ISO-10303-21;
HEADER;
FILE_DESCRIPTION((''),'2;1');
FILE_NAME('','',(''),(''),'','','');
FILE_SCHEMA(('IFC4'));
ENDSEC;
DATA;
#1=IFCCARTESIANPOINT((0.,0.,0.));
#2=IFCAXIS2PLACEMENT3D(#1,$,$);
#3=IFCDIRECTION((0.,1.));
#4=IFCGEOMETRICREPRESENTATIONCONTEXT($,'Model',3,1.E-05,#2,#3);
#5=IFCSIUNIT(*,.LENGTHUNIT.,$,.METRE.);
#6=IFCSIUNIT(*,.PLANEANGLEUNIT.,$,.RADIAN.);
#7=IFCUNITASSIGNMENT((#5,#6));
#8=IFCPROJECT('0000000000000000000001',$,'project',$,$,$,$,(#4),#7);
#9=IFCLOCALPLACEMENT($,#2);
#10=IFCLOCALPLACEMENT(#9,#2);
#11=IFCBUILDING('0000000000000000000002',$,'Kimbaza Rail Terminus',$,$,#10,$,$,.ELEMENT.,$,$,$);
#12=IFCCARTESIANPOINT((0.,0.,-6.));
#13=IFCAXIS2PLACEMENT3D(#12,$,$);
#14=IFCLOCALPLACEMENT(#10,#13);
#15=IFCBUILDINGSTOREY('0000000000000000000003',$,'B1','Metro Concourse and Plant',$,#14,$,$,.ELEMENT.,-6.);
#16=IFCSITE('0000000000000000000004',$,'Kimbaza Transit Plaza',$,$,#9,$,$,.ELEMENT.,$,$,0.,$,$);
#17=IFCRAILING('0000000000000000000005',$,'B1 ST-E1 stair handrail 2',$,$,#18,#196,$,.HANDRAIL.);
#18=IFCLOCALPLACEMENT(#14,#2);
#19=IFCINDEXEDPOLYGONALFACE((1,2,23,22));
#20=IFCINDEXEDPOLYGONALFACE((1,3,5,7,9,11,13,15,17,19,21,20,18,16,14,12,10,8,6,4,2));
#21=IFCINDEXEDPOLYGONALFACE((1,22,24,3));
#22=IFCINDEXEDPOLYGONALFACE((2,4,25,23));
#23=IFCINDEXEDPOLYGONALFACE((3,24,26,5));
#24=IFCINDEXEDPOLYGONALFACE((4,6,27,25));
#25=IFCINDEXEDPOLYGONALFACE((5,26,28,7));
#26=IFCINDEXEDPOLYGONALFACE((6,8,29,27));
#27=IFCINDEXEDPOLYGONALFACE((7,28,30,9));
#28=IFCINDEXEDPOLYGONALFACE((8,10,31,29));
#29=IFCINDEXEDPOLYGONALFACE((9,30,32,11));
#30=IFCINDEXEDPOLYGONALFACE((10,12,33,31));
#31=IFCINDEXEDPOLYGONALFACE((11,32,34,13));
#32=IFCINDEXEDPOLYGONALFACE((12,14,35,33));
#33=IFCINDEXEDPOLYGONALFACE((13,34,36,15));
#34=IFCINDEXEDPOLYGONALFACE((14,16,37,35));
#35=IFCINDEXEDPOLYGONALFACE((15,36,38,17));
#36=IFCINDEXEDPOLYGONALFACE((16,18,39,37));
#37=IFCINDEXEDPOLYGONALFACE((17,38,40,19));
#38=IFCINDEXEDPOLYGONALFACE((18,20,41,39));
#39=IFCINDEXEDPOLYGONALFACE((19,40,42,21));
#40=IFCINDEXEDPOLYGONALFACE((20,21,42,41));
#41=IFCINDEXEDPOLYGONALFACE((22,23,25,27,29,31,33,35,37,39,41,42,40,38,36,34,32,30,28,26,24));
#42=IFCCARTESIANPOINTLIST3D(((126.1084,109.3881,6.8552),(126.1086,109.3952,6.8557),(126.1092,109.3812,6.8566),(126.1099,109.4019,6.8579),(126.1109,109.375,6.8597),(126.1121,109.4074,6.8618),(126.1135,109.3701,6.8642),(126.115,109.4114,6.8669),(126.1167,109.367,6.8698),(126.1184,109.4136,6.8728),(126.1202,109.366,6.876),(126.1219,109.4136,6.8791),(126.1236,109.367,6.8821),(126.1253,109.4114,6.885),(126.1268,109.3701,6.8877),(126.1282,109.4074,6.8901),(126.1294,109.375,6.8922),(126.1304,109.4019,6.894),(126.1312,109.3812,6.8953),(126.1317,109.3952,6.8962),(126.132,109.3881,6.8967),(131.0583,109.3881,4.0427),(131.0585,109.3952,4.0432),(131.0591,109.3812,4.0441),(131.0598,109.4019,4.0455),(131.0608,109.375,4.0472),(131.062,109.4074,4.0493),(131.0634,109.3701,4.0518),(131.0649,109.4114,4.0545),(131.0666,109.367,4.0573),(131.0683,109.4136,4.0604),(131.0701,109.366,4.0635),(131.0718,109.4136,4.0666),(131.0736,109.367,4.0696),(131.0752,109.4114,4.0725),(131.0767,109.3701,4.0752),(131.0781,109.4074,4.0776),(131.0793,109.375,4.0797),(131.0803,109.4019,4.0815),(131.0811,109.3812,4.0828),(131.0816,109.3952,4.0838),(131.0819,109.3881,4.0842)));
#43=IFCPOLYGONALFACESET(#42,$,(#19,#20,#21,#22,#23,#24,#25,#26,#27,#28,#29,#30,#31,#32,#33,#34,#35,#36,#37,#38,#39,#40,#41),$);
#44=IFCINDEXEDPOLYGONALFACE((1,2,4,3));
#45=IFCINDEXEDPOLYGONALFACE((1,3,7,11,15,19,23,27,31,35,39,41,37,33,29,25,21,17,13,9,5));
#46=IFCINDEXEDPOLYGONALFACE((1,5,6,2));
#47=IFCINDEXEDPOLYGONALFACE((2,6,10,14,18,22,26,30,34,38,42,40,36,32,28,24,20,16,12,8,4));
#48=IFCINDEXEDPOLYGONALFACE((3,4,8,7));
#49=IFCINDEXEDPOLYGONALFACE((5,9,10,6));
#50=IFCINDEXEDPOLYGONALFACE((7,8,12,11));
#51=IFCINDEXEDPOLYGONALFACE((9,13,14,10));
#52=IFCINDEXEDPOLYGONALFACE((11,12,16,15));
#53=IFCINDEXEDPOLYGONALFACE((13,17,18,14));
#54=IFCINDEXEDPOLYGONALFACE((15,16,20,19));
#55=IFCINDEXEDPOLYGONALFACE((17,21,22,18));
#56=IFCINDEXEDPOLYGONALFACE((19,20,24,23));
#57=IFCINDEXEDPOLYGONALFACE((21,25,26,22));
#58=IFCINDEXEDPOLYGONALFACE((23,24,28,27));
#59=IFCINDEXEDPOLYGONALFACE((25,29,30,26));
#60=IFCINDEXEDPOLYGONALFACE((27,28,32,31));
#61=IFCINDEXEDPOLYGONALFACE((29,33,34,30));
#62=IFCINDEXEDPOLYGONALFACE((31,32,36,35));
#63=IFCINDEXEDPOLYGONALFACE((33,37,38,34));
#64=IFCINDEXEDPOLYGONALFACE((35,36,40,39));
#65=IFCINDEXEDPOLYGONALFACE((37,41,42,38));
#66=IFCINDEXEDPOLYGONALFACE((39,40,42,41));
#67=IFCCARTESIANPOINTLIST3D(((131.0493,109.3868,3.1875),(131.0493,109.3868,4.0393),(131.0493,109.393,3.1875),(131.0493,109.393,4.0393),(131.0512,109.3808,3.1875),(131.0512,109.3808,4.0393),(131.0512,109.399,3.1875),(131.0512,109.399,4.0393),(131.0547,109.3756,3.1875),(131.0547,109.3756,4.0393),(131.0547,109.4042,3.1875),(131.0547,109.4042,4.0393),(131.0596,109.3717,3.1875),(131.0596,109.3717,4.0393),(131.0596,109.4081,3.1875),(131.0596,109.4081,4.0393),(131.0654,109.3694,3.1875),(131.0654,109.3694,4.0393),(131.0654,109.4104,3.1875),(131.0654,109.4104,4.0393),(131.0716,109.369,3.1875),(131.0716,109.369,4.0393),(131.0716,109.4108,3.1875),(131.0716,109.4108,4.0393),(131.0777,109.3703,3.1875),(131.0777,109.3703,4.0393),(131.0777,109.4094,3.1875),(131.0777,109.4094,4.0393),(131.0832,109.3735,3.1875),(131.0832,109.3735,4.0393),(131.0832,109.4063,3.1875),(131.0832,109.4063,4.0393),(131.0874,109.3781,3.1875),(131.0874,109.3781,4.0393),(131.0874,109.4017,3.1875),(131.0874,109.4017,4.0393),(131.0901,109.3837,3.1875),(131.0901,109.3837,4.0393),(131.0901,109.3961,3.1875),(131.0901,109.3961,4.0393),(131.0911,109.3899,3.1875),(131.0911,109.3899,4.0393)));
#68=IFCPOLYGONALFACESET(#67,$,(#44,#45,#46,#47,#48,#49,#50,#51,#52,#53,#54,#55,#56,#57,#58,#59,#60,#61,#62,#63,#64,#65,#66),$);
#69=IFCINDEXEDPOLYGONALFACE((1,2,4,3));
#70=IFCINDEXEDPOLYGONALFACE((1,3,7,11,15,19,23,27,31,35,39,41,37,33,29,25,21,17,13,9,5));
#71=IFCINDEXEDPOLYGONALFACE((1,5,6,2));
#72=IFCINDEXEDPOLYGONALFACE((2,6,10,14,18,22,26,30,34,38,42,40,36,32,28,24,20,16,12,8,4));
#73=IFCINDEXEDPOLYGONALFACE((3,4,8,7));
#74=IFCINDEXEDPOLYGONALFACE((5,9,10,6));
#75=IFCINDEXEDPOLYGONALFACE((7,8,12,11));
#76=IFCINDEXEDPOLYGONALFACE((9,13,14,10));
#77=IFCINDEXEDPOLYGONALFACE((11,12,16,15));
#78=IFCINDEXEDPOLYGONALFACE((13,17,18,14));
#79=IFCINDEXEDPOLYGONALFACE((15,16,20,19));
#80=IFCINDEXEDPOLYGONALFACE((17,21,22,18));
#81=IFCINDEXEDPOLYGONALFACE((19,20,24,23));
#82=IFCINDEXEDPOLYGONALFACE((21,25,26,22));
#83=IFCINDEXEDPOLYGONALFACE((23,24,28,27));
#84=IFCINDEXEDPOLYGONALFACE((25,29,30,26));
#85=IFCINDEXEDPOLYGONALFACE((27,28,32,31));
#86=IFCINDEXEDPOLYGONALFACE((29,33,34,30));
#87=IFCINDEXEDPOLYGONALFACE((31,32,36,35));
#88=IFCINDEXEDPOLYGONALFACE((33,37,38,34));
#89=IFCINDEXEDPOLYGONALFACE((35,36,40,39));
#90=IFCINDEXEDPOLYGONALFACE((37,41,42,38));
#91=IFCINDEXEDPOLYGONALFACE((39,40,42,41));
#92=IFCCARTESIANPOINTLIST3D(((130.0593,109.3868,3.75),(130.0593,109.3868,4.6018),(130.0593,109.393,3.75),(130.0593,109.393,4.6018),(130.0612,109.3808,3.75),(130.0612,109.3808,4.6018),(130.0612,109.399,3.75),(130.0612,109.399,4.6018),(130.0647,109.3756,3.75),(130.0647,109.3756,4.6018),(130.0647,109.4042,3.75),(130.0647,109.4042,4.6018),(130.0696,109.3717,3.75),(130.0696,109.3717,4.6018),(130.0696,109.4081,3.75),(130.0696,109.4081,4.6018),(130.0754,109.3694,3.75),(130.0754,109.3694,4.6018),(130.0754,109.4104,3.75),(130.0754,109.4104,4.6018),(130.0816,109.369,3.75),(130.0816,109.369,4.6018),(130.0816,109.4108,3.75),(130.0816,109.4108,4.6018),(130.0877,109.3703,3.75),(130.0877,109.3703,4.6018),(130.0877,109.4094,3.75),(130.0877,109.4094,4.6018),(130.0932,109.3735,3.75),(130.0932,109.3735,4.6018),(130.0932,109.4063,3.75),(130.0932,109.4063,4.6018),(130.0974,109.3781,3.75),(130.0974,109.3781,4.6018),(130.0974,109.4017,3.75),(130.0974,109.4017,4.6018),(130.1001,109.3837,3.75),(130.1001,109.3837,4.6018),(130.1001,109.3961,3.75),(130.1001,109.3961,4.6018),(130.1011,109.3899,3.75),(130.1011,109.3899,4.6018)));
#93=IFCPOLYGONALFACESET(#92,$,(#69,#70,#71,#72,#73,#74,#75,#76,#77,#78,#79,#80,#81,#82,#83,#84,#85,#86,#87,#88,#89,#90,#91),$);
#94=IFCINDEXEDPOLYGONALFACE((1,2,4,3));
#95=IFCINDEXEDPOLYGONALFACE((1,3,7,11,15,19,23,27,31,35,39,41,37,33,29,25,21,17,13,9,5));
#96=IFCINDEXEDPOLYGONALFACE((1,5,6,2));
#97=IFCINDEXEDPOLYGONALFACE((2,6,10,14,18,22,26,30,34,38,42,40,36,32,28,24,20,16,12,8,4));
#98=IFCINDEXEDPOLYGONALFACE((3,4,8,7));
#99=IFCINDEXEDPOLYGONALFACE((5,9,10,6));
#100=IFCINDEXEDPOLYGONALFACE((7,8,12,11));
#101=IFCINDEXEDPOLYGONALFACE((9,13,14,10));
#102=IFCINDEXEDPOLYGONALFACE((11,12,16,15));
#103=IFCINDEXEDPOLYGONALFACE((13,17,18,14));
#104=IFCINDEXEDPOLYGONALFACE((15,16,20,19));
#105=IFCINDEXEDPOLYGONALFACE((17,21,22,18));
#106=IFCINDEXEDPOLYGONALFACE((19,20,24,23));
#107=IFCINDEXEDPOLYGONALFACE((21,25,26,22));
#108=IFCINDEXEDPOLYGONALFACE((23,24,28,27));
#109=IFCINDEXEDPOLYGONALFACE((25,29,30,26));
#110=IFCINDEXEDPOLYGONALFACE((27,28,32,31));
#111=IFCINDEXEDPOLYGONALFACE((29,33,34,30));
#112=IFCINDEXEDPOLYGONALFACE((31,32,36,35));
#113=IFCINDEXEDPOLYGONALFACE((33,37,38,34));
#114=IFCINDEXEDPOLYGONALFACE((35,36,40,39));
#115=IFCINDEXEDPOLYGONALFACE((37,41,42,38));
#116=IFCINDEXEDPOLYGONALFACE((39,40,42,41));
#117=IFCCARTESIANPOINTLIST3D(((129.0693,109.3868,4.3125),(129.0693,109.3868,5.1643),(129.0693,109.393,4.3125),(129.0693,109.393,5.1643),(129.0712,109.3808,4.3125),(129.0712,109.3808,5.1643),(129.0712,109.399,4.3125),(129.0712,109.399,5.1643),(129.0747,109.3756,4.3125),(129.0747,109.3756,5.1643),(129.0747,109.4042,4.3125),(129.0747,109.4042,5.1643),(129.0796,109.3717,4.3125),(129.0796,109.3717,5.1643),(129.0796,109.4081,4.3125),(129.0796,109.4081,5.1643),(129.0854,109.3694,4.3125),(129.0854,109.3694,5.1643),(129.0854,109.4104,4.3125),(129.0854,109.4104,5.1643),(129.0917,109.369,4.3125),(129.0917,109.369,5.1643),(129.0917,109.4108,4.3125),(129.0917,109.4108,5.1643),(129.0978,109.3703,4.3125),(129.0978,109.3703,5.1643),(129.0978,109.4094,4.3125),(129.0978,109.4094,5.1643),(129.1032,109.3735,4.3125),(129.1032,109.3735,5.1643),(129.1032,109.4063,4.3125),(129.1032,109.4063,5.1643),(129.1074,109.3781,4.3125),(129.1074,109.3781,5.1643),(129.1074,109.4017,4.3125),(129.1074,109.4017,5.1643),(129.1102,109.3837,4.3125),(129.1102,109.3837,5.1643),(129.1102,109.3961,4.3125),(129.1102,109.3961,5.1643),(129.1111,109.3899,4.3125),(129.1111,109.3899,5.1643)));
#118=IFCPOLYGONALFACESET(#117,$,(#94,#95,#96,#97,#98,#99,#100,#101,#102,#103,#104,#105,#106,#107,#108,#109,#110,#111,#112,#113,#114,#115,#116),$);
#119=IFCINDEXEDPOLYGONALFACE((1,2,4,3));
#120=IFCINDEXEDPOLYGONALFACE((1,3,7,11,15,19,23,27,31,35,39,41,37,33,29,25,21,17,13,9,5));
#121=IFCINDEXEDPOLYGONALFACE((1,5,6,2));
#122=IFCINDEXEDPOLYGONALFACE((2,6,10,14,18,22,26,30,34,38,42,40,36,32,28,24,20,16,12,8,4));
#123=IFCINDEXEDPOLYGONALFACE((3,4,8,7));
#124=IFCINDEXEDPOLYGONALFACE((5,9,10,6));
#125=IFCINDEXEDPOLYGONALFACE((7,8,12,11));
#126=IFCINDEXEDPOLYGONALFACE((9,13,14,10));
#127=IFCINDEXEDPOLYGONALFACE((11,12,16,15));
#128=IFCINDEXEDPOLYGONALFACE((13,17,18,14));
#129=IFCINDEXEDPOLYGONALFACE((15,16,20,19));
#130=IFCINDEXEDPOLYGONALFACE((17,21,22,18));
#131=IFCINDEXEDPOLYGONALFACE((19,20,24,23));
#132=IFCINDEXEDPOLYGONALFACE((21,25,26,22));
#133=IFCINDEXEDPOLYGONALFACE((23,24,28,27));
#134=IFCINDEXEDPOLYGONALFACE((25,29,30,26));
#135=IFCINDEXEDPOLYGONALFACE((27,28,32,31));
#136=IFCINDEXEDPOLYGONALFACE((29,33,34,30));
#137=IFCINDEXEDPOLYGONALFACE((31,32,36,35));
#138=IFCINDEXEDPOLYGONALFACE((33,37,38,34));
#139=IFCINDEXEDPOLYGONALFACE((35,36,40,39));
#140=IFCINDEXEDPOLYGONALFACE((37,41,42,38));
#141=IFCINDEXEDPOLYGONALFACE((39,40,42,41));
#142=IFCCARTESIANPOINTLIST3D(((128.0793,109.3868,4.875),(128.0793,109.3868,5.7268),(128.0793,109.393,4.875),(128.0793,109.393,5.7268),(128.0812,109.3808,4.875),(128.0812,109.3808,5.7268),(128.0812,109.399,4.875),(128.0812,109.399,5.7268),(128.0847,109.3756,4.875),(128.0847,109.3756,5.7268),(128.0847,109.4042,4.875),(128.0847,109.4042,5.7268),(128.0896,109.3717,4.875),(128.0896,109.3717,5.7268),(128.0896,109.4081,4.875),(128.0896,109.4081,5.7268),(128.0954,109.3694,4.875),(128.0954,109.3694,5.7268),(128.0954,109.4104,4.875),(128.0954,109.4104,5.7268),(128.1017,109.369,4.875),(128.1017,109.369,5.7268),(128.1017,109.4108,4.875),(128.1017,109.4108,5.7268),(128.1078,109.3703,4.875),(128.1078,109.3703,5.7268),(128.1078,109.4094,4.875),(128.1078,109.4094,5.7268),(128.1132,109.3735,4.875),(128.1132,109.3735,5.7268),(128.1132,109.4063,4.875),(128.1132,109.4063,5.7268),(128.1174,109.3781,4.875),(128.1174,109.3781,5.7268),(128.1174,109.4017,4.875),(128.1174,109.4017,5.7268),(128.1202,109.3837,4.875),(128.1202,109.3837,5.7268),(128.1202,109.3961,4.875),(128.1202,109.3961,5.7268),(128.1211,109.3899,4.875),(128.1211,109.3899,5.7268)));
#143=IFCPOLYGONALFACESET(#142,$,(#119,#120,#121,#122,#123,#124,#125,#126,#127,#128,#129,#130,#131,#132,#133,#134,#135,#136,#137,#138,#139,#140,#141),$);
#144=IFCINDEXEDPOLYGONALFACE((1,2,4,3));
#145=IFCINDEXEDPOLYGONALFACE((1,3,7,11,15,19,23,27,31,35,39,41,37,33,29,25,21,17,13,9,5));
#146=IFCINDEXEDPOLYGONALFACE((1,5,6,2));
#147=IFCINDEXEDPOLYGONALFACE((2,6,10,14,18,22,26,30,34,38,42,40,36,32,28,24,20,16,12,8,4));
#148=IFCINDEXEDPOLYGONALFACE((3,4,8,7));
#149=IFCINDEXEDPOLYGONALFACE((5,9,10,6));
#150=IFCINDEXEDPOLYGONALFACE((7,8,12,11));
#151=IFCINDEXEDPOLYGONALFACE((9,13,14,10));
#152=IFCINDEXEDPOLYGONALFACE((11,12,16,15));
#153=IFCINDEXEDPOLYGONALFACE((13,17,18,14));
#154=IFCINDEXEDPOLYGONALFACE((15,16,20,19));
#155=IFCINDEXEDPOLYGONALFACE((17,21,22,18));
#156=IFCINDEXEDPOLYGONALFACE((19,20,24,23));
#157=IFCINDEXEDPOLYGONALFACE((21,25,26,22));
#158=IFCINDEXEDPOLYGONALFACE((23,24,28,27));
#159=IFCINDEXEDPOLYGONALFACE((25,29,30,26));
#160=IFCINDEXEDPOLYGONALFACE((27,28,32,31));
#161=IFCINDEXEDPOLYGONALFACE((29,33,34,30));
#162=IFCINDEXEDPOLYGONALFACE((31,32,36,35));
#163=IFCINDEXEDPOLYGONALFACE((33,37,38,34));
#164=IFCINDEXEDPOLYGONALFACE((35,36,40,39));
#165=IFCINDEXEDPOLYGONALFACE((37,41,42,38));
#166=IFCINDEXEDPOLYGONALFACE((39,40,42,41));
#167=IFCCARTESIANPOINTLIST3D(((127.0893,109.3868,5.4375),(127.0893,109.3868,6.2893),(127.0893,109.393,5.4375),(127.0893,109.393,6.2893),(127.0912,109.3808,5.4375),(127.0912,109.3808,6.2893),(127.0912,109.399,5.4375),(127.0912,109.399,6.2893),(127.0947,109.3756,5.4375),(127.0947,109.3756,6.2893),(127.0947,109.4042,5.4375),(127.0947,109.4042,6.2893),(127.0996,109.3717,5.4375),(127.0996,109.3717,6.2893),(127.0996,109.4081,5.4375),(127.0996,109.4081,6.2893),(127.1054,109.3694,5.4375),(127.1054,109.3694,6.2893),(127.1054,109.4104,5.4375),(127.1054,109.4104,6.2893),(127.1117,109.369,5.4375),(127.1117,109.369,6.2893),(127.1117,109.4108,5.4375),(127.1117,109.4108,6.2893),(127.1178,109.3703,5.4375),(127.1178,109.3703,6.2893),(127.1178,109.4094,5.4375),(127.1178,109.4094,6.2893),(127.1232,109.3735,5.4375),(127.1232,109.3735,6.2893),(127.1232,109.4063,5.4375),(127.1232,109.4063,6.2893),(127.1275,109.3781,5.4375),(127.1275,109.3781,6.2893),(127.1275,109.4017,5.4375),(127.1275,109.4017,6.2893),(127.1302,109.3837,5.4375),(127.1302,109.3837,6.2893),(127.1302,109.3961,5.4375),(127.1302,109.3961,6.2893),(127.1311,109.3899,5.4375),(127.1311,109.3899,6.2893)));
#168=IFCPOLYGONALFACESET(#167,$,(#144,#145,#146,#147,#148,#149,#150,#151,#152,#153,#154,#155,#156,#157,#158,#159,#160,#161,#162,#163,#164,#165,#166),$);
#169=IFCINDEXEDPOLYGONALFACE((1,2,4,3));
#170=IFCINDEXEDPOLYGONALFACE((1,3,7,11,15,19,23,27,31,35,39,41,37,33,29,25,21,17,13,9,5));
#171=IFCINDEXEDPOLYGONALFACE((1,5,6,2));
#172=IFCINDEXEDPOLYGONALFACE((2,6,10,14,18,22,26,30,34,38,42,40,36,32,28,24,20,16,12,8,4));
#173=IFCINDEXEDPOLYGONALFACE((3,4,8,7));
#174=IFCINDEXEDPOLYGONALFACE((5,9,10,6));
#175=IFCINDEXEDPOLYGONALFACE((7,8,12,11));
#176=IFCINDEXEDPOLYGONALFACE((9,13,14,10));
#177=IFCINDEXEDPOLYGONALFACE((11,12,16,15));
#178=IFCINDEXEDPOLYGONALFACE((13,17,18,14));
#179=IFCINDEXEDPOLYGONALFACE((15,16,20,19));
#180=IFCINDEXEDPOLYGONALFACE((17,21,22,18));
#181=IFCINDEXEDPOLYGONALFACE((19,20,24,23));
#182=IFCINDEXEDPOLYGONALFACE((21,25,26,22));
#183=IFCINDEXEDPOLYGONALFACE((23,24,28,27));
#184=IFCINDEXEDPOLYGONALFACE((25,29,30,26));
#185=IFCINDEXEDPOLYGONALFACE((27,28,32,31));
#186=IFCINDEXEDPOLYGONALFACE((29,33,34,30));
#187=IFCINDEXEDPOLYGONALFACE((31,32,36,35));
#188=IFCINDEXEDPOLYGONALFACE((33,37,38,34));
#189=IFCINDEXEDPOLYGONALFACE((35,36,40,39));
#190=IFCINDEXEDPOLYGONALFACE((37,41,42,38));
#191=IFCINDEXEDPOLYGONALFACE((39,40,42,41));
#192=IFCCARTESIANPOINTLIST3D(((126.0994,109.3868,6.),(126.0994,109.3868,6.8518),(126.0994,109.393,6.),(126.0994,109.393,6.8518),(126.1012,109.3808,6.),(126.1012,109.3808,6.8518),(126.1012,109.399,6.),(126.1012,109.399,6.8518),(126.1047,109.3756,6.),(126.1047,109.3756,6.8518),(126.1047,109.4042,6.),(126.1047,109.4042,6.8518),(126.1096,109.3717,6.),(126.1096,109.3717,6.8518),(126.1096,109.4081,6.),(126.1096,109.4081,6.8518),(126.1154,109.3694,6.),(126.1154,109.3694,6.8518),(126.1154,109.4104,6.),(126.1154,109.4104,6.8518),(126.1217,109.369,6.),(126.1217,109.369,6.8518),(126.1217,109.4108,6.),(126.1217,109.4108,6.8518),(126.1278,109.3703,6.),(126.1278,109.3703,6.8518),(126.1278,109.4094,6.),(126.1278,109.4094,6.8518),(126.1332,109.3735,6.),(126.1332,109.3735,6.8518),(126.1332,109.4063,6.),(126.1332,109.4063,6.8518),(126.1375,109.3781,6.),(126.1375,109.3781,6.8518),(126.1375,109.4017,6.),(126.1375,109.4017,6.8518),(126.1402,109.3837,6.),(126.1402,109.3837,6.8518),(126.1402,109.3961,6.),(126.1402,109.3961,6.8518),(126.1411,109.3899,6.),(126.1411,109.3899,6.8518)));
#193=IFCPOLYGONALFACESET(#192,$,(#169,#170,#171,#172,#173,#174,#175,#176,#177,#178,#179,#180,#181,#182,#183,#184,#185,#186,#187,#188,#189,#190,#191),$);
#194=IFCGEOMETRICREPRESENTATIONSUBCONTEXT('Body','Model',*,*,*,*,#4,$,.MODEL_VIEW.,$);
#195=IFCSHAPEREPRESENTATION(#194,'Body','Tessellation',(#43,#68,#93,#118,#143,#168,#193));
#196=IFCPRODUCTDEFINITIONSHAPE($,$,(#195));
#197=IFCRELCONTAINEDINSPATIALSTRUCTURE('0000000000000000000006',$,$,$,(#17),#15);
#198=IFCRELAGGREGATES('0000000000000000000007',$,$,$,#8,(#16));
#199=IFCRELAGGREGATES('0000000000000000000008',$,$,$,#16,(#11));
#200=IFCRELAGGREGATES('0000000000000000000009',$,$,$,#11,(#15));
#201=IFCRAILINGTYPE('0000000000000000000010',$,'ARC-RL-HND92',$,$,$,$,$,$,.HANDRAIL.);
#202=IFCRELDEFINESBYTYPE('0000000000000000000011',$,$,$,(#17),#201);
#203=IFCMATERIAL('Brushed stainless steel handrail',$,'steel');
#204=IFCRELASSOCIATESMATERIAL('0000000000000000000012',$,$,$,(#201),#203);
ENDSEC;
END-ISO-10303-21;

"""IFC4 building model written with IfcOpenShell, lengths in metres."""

from ifc_helpers import new_model, si_unit, direction, frame, origin, origin_2d, place, context, subcontext, project, spatial, circle, extrude, material, type_object, element, save


model = new_model("IFC4")

# Units and contexts
model_context = context("Model", 3, precision=1e-05, world=origin(), true_north=direction((0.0, 1.0)))
body_context = subcontext(model_context, "Body", "Model", "MODEL_VIEW")
ifc_project = project(units=[si_unit("LENGTHUNIT", "METRE"), si_unit("PLANEANGLEUNIT", "RADIAN")], contexts=[model_context])

# Site, building, storey
site_placement = place(None, origin())
site = spatial("IfcSite", under=ifc_project, at=site_placement, Name="Kimbaza Transit Plaza", CompositionType="ELEMENT", RefElevation=0.0)
building_placement = place(site_placement, origin())
building = spatial("IfcBuilding", under=site, at=building_placement, Name="Kimbaza Rail Terminus", CompositionType="ELEMENT")
storey_placement = place(building_placement, frame((0.0, 0.0, -6.0)))
storey = spatial("IfcBuildingStorey", under=building, at=storey_placement, Name="B1", Description="Metro Concourse and Plant", CompositionType="ELEMENT", Elevation=-6.0)

# Railing
ifc_material_1 = material(Name="Brushed stainless steel handrail", Category="steel")
railing_type_1 = type_object("IfcRailingType", Name="ARC-RL-HND92", PredefinedType="HANDRAIL", material=ifc_material_1)
railing_1_placement = place(storey_placement, frame((131.0701, 109.3899, 3.1875)))
element("IfcRailing", 1, at=railing_1_placement, inside=storey, type_object=railing_type_1, Name="B1 ST-E1 stair handrail 2", PredefinedType="HANDRAIL", context=body_context, shape_type="SweptSolid", body=[
    extrude(circle(Radius=0.0239, at=origin_2d()), frame((0.0, 0.0, 0.876), z_axis=(-0.869454, 0.0, 0.494013), x_axis=(0.0, -1.0, 0.0)), (0.0, 0.0, 1.0), 5.6931),
    extrude(circle(Radius=0.021, at=origin_2d()), origin(), (0.0, 0.0, 1.0), 0.8518),
    extrude(circle(Radius=0.021, at=origin_2d()), frame((-0.99, 0.0, 0.5625)), (0.0, 0.0, 1.0), 0.8518),
    extrude(circle(Radius=0.021, at=origin_2d()), frame((-1.98, 0.0, 1.125)), (0.0, 0.0, 1.0), 0.8518),
    extrude(circle(Radius=0.021, at=origin_2d()), frame((-2.97, 0.0, 1.6875)), (0.0, 0.0, 1.0), 0.8518),
    extrude(circle(Radius=0.021, at=origin_2d()), frame((-3.96, 0.0, 2.25)), (0.0, 0.0, 1.0), 0.8518),
    extrude(circle(Radius=0.021, at=origin_2d()), frame((-4.95, 0.0, 2.8125)), (0.0, 0.0, 1.0), 0.8518),
])

save(model, "model.ifc")
